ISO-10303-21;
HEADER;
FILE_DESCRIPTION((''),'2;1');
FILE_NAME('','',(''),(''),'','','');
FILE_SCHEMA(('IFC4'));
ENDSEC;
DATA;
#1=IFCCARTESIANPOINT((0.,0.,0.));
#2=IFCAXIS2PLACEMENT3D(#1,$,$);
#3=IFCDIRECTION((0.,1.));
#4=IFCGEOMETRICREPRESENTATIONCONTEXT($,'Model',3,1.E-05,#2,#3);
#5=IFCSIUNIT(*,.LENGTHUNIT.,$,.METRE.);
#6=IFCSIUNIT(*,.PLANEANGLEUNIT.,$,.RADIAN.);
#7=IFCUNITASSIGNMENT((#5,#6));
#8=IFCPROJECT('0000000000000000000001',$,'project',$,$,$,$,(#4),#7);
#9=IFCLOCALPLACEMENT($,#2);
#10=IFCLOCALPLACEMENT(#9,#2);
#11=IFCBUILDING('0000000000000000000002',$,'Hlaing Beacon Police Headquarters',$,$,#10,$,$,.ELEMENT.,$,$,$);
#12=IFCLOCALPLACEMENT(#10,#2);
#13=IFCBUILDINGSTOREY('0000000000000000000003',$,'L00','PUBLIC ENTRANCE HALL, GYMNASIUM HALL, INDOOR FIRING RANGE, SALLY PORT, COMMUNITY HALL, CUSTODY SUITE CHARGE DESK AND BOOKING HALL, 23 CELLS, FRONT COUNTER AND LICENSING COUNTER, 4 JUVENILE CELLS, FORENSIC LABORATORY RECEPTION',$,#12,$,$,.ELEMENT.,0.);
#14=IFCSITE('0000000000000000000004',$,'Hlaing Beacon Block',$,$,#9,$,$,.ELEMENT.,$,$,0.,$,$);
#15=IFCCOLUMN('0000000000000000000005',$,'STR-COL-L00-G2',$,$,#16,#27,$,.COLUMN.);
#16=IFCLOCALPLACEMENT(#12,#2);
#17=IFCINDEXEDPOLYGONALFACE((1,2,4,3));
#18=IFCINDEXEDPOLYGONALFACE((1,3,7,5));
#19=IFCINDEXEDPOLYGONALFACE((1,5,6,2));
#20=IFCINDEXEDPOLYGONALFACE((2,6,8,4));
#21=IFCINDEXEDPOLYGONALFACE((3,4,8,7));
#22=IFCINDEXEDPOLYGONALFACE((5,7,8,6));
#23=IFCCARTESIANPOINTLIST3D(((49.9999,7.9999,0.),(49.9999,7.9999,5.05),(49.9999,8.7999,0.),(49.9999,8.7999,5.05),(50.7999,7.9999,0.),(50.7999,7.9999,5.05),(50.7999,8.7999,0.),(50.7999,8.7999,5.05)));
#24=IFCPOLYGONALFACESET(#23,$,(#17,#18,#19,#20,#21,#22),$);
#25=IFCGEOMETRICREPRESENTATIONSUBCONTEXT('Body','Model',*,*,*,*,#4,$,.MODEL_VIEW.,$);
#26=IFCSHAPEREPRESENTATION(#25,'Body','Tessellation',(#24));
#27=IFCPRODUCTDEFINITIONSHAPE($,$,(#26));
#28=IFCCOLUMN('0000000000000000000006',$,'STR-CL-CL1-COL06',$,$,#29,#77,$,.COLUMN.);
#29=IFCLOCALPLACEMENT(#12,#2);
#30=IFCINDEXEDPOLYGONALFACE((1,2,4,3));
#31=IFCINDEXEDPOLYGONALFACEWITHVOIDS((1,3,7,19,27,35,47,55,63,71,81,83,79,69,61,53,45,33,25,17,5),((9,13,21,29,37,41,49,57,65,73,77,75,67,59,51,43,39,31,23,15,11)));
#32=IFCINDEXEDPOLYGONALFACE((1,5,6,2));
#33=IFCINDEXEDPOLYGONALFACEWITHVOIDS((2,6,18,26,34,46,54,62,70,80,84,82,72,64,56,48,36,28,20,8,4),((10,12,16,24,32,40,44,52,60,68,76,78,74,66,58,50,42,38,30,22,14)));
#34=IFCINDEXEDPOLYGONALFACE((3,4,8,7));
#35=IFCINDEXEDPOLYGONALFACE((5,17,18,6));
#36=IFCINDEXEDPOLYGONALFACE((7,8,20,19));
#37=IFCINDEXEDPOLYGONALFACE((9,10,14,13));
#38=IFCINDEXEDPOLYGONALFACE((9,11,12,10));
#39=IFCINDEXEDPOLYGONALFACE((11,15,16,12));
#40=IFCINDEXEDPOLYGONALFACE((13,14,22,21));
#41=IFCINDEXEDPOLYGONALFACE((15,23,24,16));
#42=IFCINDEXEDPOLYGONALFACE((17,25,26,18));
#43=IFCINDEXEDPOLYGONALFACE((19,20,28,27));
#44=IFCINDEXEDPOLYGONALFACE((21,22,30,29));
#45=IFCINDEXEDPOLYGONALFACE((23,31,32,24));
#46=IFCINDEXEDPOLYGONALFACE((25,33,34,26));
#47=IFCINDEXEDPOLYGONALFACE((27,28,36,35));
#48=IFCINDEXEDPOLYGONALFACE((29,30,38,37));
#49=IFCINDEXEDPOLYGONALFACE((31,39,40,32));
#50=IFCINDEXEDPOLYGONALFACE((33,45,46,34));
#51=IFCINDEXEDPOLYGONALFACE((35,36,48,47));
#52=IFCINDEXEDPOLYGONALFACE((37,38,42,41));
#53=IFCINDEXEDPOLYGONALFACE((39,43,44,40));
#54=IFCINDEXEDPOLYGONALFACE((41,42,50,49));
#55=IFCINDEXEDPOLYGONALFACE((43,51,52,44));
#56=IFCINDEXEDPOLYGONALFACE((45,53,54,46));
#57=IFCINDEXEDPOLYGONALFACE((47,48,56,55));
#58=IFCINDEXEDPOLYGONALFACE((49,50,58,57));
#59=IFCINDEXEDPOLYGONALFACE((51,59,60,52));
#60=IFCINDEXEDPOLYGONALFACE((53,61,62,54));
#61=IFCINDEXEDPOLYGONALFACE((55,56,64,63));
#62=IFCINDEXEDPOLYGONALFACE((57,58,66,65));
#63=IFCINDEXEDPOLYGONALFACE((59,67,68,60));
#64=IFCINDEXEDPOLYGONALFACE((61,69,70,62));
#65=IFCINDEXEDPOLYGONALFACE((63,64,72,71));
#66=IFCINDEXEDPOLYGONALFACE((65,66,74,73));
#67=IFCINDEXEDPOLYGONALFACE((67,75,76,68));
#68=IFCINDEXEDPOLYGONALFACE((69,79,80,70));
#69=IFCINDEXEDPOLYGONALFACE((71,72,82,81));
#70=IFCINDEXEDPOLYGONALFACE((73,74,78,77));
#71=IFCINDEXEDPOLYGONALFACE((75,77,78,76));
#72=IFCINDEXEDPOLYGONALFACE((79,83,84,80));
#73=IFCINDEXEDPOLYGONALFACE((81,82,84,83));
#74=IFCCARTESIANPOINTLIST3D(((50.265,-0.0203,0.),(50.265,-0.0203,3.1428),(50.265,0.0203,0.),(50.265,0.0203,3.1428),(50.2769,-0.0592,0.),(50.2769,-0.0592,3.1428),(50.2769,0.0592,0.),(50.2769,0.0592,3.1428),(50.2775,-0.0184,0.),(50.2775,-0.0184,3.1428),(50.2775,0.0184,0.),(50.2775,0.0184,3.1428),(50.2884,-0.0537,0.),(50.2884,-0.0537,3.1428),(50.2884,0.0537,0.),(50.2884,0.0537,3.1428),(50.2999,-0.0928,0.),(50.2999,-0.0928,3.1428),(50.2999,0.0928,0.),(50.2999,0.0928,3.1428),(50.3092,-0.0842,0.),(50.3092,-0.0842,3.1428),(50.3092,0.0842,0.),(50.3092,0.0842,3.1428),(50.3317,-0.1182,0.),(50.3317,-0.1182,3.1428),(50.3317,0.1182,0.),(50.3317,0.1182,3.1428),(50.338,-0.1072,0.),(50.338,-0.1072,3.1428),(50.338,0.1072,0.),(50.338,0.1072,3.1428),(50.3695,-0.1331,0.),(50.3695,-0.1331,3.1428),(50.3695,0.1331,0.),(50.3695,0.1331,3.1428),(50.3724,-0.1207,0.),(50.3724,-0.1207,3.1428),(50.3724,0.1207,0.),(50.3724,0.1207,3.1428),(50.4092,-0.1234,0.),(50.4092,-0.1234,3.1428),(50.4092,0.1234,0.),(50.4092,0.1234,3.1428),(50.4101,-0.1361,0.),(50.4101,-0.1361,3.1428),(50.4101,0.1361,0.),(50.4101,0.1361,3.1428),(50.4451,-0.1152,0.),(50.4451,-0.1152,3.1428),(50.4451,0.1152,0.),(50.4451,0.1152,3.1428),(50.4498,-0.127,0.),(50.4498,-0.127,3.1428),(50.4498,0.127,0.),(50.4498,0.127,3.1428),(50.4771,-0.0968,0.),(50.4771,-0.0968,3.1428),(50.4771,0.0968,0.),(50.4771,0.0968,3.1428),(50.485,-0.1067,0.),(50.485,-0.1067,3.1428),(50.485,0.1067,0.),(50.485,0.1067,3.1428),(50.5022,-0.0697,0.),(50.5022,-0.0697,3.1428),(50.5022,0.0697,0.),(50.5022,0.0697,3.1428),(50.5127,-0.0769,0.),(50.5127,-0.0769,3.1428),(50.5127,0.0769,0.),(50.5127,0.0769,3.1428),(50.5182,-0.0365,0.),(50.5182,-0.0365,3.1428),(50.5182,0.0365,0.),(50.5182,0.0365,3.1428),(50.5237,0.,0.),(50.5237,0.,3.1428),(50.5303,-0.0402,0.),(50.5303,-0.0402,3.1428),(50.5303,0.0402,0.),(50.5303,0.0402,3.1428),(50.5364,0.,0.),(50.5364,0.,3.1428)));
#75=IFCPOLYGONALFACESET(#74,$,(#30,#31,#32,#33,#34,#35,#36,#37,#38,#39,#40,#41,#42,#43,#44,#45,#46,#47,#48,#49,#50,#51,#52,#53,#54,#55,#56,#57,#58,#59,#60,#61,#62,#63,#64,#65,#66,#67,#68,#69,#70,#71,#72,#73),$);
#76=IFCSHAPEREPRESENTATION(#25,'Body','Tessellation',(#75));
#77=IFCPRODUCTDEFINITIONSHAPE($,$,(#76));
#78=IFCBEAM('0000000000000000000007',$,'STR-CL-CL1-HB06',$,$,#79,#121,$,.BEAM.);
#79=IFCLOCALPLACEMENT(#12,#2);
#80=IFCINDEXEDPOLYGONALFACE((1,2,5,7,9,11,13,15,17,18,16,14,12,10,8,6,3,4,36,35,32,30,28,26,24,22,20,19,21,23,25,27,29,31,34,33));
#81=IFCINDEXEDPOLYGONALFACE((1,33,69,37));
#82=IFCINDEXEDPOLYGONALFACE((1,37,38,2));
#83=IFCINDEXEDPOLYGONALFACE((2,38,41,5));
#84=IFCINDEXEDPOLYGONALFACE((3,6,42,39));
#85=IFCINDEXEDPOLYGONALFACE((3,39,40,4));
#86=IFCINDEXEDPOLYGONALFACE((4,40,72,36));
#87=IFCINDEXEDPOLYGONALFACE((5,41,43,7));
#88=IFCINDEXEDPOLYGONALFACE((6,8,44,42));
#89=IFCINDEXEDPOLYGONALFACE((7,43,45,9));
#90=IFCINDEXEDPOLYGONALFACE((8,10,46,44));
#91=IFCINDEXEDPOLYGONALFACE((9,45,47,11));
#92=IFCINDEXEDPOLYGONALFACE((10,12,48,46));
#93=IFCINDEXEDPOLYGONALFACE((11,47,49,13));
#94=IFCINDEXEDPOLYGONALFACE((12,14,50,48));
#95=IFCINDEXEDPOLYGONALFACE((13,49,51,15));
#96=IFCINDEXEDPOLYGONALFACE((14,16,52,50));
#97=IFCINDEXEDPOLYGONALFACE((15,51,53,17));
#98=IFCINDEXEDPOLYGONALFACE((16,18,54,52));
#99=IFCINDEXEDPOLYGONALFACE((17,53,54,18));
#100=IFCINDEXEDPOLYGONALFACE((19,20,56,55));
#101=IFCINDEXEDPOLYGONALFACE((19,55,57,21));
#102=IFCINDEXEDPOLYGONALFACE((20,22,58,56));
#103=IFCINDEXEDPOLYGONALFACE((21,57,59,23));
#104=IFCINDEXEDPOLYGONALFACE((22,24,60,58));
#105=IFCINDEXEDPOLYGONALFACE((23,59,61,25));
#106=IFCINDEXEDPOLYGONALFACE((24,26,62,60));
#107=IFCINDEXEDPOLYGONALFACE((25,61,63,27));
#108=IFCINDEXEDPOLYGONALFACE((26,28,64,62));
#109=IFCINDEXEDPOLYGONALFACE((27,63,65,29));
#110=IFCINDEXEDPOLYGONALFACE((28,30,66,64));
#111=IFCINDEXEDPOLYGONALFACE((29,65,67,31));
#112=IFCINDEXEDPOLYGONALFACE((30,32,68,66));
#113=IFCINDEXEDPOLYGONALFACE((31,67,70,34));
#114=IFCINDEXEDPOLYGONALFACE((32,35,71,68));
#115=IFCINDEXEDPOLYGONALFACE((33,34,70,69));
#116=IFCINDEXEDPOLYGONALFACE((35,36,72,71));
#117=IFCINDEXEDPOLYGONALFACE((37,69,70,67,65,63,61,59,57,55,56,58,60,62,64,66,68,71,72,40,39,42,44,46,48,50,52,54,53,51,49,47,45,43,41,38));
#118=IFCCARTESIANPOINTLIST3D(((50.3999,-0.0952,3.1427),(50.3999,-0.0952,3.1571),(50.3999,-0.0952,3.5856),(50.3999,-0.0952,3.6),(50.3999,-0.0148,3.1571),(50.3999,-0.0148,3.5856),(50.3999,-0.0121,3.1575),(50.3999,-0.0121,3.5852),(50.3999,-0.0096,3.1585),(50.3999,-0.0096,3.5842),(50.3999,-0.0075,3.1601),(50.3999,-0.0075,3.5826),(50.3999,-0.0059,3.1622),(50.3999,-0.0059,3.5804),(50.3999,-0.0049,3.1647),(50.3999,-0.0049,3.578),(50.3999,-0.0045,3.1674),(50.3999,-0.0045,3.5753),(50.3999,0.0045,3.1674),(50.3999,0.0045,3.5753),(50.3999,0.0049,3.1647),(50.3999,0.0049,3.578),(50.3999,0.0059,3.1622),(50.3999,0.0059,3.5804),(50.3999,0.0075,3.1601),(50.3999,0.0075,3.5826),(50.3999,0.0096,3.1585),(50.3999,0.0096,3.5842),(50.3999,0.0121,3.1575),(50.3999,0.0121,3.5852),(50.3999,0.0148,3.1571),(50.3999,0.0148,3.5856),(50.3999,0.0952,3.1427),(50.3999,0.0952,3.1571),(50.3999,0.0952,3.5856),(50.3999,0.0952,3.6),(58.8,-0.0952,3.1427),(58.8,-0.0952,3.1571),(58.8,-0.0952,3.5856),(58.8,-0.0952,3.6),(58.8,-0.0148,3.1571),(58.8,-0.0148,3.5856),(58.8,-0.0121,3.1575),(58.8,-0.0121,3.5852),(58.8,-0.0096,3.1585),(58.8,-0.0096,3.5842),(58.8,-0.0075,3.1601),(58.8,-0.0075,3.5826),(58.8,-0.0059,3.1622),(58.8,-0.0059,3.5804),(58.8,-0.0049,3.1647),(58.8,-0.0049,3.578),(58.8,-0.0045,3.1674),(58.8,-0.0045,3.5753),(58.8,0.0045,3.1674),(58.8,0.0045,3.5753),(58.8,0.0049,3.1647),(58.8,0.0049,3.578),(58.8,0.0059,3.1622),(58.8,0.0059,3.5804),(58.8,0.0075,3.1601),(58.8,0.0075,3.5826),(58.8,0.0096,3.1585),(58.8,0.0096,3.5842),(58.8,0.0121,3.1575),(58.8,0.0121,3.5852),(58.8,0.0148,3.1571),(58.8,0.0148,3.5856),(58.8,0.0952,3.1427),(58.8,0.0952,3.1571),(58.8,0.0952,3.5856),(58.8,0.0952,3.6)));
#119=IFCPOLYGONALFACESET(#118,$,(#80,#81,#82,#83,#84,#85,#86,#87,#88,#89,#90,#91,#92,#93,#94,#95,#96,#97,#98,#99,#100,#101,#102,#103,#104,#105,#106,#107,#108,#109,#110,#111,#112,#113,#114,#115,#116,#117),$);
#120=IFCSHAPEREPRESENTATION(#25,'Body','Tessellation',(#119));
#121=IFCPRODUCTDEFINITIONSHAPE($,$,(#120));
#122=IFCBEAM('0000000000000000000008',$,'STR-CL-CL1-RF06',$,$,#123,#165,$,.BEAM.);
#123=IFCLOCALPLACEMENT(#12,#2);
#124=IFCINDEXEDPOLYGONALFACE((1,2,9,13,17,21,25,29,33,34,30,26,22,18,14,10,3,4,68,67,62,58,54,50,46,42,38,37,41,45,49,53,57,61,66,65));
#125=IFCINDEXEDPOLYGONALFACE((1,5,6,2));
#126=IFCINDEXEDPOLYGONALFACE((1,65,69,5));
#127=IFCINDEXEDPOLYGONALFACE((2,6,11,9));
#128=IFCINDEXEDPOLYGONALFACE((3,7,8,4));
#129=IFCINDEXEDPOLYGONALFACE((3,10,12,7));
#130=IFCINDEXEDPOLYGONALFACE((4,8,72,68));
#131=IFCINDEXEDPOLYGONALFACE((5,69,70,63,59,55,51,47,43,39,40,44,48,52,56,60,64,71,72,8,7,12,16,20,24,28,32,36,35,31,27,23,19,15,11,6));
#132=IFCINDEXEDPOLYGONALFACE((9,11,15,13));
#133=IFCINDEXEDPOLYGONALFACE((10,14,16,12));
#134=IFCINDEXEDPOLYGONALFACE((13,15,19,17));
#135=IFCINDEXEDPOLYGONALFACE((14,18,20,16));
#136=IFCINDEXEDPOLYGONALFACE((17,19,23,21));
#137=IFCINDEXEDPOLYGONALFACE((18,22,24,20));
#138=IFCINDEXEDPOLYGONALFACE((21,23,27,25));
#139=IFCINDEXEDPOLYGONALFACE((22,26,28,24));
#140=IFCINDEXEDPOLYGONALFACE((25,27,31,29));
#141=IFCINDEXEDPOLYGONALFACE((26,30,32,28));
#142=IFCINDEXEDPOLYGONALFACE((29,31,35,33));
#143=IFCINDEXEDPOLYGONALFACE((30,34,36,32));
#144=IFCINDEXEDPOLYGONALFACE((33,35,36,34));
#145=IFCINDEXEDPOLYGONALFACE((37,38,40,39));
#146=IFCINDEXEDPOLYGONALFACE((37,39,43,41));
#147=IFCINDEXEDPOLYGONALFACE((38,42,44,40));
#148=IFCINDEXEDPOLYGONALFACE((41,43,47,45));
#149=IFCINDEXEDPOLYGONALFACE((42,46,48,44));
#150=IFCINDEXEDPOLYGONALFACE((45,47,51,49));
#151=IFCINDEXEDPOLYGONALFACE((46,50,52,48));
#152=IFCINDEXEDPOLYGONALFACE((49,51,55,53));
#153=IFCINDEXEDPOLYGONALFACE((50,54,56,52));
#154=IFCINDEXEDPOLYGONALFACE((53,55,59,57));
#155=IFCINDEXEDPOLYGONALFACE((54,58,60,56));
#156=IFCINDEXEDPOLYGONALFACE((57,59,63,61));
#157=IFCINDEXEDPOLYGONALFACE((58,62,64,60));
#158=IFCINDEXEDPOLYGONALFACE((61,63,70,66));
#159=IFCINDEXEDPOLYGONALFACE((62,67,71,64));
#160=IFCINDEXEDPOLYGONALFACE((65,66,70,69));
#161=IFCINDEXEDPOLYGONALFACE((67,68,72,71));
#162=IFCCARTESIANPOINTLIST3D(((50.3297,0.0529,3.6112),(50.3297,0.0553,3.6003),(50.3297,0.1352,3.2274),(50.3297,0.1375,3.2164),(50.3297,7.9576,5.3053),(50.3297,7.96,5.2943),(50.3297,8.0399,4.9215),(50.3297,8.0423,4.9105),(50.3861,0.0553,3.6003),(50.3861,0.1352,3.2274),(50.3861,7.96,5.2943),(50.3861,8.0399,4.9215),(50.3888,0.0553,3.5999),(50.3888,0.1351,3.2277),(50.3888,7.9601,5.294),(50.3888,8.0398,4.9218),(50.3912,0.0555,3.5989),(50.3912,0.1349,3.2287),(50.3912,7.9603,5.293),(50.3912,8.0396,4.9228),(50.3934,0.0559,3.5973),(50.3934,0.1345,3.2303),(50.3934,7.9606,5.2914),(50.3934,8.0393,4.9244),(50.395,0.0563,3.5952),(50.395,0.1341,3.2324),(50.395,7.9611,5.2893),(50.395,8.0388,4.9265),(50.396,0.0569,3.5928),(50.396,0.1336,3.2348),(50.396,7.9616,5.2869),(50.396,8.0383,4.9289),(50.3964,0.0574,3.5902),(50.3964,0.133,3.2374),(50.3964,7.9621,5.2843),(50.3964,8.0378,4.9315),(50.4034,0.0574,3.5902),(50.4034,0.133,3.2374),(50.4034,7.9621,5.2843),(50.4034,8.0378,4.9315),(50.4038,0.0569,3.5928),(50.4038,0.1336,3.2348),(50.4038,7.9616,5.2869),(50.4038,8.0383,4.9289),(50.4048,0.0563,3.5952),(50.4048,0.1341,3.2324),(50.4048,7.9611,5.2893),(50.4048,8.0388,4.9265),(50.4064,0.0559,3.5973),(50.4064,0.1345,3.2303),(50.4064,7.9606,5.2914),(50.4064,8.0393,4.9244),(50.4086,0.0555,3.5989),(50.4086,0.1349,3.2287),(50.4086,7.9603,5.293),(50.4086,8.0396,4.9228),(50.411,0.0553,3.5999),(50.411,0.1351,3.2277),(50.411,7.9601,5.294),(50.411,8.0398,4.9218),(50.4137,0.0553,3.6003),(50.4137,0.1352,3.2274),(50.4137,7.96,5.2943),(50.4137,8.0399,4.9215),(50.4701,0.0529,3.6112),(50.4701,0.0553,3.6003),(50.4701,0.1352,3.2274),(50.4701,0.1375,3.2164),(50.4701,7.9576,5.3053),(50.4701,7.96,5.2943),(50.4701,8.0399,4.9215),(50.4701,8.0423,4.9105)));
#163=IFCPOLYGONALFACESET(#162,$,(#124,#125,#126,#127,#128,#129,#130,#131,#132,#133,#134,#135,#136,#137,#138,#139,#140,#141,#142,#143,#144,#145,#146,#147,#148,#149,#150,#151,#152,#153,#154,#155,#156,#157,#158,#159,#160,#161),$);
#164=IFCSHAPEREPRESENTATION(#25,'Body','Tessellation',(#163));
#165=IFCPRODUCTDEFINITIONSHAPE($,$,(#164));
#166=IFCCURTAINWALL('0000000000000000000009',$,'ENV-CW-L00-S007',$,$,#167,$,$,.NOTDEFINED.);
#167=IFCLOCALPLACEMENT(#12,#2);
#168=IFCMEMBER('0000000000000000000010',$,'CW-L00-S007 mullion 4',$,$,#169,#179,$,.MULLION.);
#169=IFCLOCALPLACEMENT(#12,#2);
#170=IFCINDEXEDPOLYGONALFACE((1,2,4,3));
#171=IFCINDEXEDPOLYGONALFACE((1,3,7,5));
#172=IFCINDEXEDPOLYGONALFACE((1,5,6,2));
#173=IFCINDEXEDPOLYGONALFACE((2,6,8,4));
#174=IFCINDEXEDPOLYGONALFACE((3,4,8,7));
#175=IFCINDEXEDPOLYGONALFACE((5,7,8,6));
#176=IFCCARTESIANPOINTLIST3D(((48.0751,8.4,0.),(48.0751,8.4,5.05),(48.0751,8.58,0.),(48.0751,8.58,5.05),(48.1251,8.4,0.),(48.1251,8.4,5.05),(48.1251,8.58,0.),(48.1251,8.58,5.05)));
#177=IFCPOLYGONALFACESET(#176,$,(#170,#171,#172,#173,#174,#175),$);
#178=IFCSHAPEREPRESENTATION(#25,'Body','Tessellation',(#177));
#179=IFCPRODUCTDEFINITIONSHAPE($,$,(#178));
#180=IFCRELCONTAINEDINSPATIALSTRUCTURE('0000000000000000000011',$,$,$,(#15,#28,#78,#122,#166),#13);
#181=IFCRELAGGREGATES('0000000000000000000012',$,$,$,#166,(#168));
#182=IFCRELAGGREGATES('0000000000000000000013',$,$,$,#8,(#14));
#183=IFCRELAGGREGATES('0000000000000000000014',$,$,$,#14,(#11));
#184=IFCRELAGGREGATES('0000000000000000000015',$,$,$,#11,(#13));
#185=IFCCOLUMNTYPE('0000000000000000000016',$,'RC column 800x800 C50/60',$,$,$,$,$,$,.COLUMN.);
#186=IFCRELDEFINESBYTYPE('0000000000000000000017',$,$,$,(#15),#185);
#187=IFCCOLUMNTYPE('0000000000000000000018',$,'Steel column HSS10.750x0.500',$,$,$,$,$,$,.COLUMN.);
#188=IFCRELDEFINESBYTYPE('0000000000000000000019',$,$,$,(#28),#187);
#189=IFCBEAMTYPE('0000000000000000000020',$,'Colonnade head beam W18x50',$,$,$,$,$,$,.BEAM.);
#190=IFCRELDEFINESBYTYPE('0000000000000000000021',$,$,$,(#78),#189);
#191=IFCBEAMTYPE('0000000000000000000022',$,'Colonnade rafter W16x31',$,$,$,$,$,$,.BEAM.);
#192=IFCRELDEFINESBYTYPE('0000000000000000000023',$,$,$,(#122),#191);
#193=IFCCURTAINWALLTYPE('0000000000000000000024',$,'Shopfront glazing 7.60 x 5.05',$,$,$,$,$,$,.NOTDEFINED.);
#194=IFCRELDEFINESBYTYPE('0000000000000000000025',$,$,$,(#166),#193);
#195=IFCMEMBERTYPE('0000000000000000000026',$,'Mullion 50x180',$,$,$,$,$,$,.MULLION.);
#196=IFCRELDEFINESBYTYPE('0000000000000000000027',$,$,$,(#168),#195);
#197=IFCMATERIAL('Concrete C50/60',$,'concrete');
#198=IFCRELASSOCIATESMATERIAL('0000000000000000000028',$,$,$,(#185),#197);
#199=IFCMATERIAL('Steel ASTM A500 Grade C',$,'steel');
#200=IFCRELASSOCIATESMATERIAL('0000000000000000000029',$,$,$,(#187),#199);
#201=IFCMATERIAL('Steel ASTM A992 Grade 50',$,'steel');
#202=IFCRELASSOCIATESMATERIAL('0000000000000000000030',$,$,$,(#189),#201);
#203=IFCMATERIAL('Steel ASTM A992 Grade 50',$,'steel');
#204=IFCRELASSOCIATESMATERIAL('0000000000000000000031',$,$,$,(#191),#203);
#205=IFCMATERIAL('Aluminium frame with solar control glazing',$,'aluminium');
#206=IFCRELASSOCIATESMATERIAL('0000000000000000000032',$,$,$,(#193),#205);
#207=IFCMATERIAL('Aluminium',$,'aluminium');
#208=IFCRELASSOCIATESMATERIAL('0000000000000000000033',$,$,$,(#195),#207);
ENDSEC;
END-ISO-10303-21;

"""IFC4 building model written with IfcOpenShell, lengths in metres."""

from ifc_helpers import new_model, si_unit, direction, frame, origin, origin_2d, place, context, subcontext, project, spatial, rectangle, hollow_circle, i_section, extrude, material, material_profile, profile_set, type_object, element, aggregate, save


model = new_model("IFC4")

# Units and contexts
model_context = context("Model", 3, precision=1e-05, world=origin(), true_north=direction((0.0, 1.0)))
body_context = subcontext(model_context, "Body", "Model", "MODEL_VIEW")
ifc_project = project(units=[si_unit("LENGTHUNIT", "METRE"), si_unit("PLANEANGLEUNIT", "RADIAN")], contexts=[model_context])

# Site, building, storey
site_placement = place(None, origin())
site = spatial("IfcSite", under=ifc_project, at=site_placement, Name="Hlaing Beacon Block", CompositionType="ELEMENT", RefElevation=0.0)
building_placement = place(site_placement, origin())
building = spatial("IfcBuilding", under=site, at=building_placement, Name="Hlaing Beacon Police Headquarters", CompositionType="ELEMENT")
storey_placement = place(building_placement, origin())
storey = spatial("IfcBuildingStorey", under=building, at=storey_placement, Name="L00", Description="PUBLIC ENTRANCE HALL, GYMNASIUM HALL, INDOOR FIRING RANGE, SALLY PORT, COMMUNITY HALL, CUSTODY SUITE CHARGE DESK AND BOOKING HALL, 23 CELLS, FRONT COUNTER AND LICENSING COUNTER, 4 JUVENILE CELLS, FORENSIC LABORATORY RECEPTION", CompositionType="ELEMENT", Elevation=0.0)

# Columns
ifc_material_1 = material(Name="Concrete C50/60", Category="concrete")
ifc_material_profile_1 = material_profile(ifc_material_1, rectangle(XDim=0.8, YDim=0.8, at=origin_2d()), Name="800x800")
ifc_profile_set_1 = profile_set([ifc_material_profile_1], Name="Concrete C50/60")
column_type_1 = type_object("IfcColumnType", Name="RC column 800x800 C50/60", PredefinedType="COLUMN", material=ifc_profile_set_1)
column_1_placement = place(storey_placement, frame((50.3999, 8.3999, 0.0), z_axis=(0.0, 0.0, 1.0), x_axis=(1.0, 0.0, 0.0)))
element("IfcColumn", 1, at=column_1_placement, inside=storey, type_object=column_type_1, Name="STR-COL-L00-G2", PredefinedType="COLUMN", context=body_context, shape_type="SweptSolid", body=[
    extrude(rectangle(XDim=0.8, YDim=0.8, at=origin_2d()), origin(), (0.0, 0.0, 1.0), 5.05),
])
ifc_material_2 = material(Name="Steel ASTM A500 Grade C", Category="steel")
ifc_material_profile_2 = material_profile(ifc_material_2, hollow_circle(Radius=0.1365, WallThickness=0.0127, at=origin_2d()), Name="HSS10.750x0.500")
ifc_profile_set_2 = profile_set([ifc_material_profile_2], Name="Steel ASTM A500 Grade C")
column_type_2 = type_object("IfcColumnType", Name="Steel column HSS10.750x0.500", PredefinedType="COLUMN", material=ifc_profile_set_2)
column_2_placement = place(storey_placement, frame((50.3999, 0.0, 0.0), z_axis=(0.0, 0.0, 1.0), x_axis=(1.0, 0.0, 0.0)))
element("IfcColumn", 2, at=column_2_placement, inside=storey, type_object=column_type_2, Name="STR-CL-CL1-COL06", PredefinedType="COLUMN", context=body_context, shape_type="SweptSolid", body=[
    extrude(hollow_circle(Radius=0.1365, WallThickness=0.0127, at=origin_2d()), origin(), (0.0, 0.0, 1.0), 3.1428),
])

# Beams
ifc_material_3 = material(Name="Steel ASTM A992 Grade 50", Category="steel")
ifc_material_profile_3 = material_profile(ifc_material_3, i_section(OverallWidth=0.1904, OverallDepth=0.4573, WebThickness=0.009, FlangeThickness=0.0144, FilletRadius=0.0103, at=origin_2d()), Name="W18x50")
ifc_profile_set_3 = profile_set([ifc_material_profile_3], Name="Steel ASTM A992 Grade 50")
beam_type_1 = type_object("IfcBeamType", Name="Colonnade head beam W18x50", PredefinedType="BEAM", material=ifc_profile_set_3)
beam_1_placement = place(storey_placement, frame((50.3999, 0.0, 3.3713), z_axis=(1.0, 0.0, 0.0), x_axis=(0.0, 1.0, 0.0)))
element("IfcBeam", 3, at=beam_1_placement, inside=storey, type_object=beam_type_1, Name="STR-CL-CL1-HB06", PredefinedType="BEAM", context=body_context, shape_type="SweptSolid", body=[
    extrude(i_section(OverallWidth=0.1904, OverallDepth=0.4573, WebThickness=0.009, FlangeThickness=0.0144, FilletRadius=0.0103, at=origin_2d()), origin(), (0.0, 0.0, 1.0), 8.4001),
])
ifc_material_4 = material(Name="Steel ASTM A992 Grade 50", Category="steel")
ifc_material_profile_4 = material_profile(ifc_material_4, i_section(OverallWidth=0.1404, OverallDepth=0.4038, WebThickness=0.0071, FlangeThickness=0.0112, FilletRadius=0.0103, at=origin_2d()), Name="W16x31")
ifc_profile_set_4 = profile_set([ifc_material_profile_4], Name="Steel ASTM A992 Grade 50")
beam_type_2 = type_object("IfcBeamType", Name="Colonnade rafter W16x31", PredefinedType="BEAM", material=ifc_profile_set_4)
beam_2_placement = place(storey_placement, frame((50.3999, 0.0952, 3.4138), z_axis=(0.0, 0.977797, 0.209554), x_axis=(-1.0, 0.0, 0.0)))
element("IfcBeam", 4, at=beam_2_placement, inside=storey, type_object=beam_type_2, Name="STR-CL-CL1-RF06", PredefinedType="BEAM", context=body_context, shape_type="SweptSolid", body=[
    extrude(i_section(OverallWidth=0.1404, OverallDepth=0.4038, WebThickness=0.0071, FlangeThickness=0.0112, FilletRadius=0.0103, at=origin_2d()), origin(), (0.0, 0.0, 1.0), 8.0842),
])

# Curtain wall, member
ifc_material_5 = material(Name="Aluminium frame with solar control glazing", Category="aluminium")
curtain_wall_type_1 = type_object("IfcCurtainWallType", Name="Shopfront glazing 7.60 x 5.05", PredefinedType="NOTDEFINED", material=ifc_material_5)
curtain_wall_1_placement = place(storey_placement, origin())
curtain_wall_1 = element("IfcCurtainWall", 5, at=curtain_wall_1_placement, inside=storey, type_object=curtain_wall_type_1, Name="ENV-CW-L00-S007", PredefinedType="NOTDEFINED")
ifc_material_6 = material(Name="Aluminium", Category="aluminium")
ifc_material_profile_5 = material_profile(ifc_material_6, rectangle(XDim=0.1799, YDim=0.05, at=origin_2d()), Name="Mullion 50x180")
ifc_profile_set_5 = profile_set([ifc_material_profile_5], Name="Aluminium")
member_type_1 = type_object("IfcMemberType", Name="Mullion 50x180", PredefinedType="MULLION", material=ifc_profile_set_5)
member_1_placement = place(storey_placement, frame((48.1001, 8.49, 0.0), z_axis=(0.0, 0.0, 1.0), x_axis=(0.0, 1.0, 0.0)))
member_1 = element("IfcMember", 6, at=member_1_placement, type_object=member_type_1, Name="CW-L00-S007 mullion 4", PredefinedType="MULLION", context=body_context, shape_type="SweptSolid", body=[
    extrude(rectangle(XDim=0.1799, YDim=0.05, at=origin_2d()), origin(), (0.0, 0.0, 1.0), 5.05),
])

aggregate(curtain_wall_1, [member_1])

save(model, "model.ifc")
